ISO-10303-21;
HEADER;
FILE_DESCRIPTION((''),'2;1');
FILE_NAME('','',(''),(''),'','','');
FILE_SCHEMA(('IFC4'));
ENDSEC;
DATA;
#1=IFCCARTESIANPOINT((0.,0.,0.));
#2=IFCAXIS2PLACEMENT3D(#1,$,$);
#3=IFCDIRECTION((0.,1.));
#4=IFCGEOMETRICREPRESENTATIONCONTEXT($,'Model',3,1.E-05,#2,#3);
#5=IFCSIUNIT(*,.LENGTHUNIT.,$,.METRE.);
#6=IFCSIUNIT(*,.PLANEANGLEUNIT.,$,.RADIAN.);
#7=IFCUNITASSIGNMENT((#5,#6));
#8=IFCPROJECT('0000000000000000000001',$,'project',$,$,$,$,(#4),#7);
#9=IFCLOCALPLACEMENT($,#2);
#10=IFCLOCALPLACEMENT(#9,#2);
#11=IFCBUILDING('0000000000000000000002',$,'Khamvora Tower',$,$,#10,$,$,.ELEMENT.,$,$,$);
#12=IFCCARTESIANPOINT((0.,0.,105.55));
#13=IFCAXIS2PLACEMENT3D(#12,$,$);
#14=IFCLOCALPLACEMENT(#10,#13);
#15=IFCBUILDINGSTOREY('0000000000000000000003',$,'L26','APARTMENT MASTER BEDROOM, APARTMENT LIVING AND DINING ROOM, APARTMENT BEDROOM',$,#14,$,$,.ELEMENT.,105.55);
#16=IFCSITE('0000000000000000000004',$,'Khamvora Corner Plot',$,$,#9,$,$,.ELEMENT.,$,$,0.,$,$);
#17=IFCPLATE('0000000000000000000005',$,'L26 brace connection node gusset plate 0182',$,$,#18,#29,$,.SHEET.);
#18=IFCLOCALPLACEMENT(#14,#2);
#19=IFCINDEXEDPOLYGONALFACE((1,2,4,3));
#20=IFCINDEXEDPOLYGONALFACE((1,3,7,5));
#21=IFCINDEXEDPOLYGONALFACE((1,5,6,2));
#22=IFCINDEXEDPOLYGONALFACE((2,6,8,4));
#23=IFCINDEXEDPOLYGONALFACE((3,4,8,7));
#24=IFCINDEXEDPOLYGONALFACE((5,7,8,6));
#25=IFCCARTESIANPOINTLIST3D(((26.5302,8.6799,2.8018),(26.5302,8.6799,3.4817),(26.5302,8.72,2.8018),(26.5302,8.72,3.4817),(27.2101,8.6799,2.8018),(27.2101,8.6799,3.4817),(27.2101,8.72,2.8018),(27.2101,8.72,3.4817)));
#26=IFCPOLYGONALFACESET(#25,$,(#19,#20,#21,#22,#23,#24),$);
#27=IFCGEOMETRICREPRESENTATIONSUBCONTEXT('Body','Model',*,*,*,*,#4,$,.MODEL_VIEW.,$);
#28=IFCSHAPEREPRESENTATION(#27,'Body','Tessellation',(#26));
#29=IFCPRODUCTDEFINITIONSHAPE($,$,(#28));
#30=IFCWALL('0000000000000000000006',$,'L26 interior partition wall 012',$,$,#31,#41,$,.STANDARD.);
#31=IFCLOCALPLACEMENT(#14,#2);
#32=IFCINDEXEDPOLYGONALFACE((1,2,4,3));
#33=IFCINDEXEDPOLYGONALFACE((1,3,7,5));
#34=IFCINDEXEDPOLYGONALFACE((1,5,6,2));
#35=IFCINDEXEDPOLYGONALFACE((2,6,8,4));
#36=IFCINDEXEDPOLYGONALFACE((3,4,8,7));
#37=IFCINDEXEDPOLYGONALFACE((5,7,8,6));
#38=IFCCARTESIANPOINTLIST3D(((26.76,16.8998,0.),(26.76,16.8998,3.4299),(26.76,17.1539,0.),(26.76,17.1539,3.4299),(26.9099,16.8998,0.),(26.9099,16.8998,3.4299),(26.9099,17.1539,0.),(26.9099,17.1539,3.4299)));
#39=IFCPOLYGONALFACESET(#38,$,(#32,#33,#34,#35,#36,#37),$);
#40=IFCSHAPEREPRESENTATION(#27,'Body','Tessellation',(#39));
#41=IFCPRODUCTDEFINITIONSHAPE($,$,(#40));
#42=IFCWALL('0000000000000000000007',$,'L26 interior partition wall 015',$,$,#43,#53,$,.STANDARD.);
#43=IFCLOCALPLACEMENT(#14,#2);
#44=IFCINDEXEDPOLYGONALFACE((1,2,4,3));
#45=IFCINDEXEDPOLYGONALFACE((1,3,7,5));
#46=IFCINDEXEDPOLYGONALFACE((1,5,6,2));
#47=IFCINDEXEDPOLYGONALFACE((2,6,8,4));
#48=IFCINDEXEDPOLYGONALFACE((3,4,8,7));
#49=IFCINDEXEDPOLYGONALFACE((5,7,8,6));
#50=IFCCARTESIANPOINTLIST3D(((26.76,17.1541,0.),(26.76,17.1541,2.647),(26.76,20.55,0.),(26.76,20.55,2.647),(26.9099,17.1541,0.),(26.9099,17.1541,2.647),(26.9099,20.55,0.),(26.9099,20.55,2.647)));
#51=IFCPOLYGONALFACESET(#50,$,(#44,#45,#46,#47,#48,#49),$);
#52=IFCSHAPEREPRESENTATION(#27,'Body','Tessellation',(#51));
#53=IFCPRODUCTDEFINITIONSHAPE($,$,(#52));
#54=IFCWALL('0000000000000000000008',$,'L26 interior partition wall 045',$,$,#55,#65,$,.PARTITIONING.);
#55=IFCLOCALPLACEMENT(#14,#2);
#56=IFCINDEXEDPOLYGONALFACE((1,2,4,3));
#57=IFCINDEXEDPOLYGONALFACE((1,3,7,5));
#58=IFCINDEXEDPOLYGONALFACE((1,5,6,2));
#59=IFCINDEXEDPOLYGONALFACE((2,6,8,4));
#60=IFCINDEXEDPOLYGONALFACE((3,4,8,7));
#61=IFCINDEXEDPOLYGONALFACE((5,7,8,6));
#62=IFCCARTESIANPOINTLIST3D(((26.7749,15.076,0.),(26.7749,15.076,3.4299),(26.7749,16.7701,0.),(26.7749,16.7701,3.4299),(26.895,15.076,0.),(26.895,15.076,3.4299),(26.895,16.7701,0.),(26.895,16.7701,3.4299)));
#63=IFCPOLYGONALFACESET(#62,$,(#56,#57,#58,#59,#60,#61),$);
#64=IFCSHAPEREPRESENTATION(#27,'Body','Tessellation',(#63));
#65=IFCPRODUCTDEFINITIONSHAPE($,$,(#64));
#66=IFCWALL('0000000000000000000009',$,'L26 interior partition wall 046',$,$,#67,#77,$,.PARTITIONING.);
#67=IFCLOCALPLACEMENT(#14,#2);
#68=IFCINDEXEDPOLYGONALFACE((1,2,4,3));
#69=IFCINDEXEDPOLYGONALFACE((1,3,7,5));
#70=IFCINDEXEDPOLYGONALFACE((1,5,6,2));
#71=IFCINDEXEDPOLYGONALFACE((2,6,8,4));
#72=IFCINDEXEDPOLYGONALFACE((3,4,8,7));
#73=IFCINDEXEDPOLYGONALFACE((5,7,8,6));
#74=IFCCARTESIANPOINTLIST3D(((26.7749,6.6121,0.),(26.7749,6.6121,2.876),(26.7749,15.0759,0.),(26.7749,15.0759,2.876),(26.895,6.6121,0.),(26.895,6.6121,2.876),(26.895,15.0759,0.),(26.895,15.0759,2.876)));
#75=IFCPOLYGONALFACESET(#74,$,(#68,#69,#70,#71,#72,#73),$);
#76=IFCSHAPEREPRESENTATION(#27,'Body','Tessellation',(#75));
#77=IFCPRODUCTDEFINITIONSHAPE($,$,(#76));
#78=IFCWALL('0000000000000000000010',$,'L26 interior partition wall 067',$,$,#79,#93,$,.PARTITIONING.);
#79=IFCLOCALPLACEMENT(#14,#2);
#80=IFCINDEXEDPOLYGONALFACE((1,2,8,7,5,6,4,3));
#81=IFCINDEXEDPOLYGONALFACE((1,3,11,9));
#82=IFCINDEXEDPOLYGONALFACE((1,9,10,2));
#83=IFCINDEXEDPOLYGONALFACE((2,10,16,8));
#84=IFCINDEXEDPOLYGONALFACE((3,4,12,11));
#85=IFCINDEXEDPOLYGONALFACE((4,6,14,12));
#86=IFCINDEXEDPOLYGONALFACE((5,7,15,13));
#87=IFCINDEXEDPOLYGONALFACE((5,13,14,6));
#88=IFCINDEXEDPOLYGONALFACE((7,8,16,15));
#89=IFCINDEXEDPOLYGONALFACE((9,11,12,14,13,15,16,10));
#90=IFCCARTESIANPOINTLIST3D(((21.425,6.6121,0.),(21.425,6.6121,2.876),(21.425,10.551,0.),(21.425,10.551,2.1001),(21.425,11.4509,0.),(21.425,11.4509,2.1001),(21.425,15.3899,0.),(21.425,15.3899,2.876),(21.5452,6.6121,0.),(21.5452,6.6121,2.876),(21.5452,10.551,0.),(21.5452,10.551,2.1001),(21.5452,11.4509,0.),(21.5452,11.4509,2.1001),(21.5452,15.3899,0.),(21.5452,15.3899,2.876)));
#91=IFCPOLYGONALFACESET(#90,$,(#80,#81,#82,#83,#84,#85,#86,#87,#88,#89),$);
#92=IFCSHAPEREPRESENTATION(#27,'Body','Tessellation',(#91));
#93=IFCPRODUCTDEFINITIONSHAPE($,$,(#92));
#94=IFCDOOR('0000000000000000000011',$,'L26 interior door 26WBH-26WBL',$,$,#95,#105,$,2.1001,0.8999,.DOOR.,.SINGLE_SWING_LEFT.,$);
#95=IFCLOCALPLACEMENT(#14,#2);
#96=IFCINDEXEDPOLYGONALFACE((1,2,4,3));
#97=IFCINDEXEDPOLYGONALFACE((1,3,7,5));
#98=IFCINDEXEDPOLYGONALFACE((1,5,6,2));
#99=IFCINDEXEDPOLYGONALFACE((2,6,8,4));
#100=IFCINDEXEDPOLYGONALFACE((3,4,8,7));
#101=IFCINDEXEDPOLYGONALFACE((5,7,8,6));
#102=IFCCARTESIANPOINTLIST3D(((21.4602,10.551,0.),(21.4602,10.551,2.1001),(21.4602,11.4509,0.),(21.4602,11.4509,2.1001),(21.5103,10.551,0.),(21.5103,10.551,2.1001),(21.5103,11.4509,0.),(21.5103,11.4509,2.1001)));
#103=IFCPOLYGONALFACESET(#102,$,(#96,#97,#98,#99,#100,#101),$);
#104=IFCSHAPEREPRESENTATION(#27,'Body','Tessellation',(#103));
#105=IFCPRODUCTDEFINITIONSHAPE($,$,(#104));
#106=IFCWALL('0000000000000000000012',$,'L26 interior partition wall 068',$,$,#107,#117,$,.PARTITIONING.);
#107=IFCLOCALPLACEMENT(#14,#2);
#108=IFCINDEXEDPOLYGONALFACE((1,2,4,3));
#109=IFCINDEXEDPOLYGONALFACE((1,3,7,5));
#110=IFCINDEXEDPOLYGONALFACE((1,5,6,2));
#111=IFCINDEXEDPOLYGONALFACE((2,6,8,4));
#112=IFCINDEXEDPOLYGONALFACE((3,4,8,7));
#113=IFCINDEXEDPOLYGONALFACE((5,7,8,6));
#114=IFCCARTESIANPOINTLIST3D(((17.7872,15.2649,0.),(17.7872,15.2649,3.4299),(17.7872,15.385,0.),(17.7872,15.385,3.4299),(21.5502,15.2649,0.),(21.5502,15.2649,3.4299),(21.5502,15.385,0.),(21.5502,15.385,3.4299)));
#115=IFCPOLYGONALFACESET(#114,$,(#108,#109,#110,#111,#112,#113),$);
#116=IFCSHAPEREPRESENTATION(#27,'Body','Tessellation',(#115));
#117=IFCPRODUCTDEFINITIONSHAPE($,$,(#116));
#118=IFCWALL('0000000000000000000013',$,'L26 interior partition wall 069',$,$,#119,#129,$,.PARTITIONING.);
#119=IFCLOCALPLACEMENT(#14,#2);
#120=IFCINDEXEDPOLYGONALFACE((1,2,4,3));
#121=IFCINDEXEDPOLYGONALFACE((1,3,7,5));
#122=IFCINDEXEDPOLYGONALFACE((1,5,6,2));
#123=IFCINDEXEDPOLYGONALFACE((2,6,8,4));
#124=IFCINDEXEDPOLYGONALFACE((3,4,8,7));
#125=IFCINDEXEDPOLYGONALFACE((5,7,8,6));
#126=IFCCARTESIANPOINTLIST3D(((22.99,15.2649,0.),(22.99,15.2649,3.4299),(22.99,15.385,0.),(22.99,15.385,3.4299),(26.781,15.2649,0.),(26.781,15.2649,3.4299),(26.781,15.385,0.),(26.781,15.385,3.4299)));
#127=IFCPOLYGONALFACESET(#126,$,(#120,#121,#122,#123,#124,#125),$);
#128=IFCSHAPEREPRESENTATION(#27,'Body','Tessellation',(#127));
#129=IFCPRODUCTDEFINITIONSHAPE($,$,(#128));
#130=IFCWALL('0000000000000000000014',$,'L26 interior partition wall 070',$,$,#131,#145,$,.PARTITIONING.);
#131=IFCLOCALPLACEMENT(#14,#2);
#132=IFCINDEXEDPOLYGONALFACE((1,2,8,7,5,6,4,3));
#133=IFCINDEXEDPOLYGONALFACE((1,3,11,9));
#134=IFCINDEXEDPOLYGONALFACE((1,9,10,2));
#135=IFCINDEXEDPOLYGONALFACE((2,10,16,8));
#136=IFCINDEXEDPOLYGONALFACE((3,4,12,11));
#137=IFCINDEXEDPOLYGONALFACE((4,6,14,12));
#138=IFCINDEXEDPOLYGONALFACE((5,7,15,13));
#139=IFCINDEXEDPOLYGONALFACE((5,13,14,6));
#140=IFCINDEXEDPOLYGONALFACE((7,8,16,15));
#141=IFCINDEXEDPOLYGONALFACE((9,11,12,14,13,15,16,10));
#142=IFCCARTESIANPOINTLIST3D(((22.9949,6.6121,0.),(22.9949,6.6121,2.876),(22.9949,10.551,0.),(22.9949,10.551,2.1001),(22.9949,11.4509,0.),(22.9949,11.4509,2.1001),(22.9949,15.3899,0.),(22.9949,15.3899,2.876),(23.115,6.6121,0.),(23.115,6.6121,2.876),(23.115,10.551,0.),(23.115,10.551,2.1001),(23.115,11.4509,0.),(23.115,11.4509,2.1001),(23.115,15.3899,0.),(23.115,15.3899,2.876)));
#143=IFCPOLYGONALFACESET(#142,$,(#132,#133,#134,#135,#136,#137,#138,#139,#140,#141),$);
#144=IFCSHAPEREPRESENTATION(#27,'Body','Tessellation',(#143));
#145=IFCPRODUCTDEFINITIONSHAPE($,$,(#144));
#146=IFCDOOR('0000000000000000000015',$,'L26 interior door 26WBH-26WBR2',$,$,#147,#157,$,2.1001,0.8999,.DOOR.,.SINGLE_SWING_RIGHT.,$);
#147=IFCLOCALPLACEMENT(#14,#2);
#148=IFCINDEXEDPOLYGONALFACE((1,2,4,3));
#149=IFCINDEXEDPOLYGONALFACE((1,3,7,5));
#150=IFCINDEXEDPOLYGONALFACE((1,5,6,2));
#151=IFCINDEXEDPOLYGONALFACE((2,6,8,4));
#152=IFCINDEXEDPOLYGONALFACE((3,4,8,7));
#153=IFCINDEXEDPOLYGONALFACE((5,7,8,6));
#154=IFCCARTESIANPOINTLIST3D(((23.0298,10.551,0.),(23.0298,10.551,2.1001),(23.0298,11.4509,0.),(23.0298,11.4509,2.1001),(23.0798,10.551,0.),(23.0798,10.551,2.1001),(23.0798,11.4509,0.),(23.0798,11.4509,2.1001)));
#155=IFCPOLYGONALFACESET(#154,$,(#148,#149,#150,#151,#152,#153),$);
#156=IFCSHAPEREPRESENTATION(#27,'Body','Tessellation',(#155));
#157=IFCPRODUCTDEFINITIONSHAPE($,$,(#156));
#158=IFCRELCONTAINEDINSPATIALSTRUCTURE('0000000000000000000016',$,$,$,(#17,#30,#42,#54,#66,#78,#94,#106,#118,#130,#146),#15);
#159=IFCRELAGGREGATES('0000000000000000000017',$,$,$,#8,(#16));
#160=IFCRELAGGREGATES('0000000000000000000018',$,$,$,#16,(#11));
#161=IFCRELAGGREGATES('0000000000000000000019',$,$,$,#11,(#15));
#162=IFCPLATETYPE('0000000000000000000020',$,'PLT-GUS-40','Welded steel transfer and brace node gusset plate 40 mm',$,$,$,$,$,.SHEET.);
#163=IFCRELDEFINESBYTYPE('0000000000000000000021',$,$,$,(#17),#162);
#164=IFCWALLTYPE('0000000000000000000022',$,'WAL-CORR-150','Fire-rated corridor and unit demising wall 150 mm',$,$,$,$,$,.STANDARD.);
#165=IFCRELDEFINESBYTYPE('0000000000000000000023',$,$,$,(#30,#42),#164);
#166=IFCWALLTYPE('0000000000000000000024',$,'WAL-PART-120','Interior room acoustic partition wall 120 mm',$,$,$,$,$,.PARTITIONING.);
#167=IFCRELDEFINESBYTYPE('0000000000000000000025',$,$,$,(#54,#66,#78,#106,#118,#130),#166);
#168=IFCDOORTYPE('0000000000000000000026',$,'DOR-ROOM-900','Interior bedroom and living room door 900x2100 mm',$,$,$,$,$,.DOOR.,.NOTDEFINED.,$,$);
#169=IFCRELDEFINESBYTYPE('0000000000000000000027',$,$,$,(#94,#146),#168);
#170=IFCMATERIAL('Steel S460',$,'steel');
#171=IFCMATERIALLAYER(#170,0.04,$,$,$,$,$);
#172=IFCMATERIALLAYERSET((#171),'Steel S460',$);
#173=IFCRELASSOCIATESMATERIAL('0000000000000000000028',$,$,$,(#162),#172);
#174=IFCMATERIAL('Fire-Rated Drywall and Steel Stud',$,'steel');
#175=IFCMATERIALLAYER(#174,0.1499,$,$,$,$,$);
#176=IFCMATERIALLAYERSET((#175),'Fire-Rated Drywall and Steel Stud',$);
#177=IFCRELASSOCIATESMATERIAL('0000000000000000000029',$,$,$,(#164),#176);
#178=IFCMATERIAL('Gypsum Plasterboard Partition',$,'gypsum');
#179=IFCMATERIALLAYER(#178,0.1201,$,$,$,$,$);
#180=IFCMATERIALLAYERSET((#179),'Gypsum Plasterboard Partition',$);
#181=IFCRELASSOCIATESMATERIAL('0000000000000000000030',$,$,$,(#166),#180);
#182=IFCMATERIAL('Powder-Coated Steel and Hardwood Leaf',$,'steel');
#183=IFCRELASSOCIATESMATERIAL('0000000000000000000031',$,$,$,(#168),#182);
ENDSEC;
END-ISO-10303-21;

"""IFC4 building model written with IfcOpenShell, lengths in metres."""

from ifc_helpers import new_model, si_unit, direction, frame, frame_2d, origin, origin_2d, place, context, subcontext, project, spatial, rectangle, extrude, material, layer, layer_set, type_object, element, fill, save


model = new_model("IFC4")

# Units and contexts
model_context = context("Model", 3, precision=1e-05, world=origin(), true_north=direction((0.0, 1.0)))
body_context = subcontext(model_context, "Body", "Model", "MODEL_VIEW")
ifc_project = project(units=[si_unit("LENGTHUNIT", "METRE"), si_unit("PLANEANGLEUNIT", "RADIAN")], contexts=[model_context])

# Site, building, storey
site_placement = place(None, origin())
site = spatial("IfcSite", under=ifc_project, at=site_placement, Name="Khamvora Corner Plot", CompositionType="ELEMENT", RefElevation=0.0)
building_placement = place(site_placement, origin())
building = spatial("IfcBuilding", under=site, at=building_placement, Name="Khamvora Tower", CompositionType="ELEMENT")
storey_placement = place(building_placement, frame((0.0, 0.0, 105.55)))
storey = spatial("IfcBuildingStorey", under=building, at=storey_placement, Name="L26", Description="APARTMENT MASTER BEDROOM, APARTMENT LIVING AND DINING ROOM, APARTMENT BEDROOM", CompositionType="ELEMENT", Elevation=105.55)

# Shared definitions
ifc_material_1 = material(Name="Steel S460", Category="steel")

# Plate
ifc_layer_1 = layer(ifc_material_1, 0.04)
ifc_layer_set_1 = layer_set([ifc_layer_1], Name="Steel S460")
plate_type_1 = type_object("IfcPlateType", Name="PLT-GUS-40", Description="Welded steel transfer and brace node gusset plate 40 mm", PredefinedType="SHEET", material=ifc_layer_set_1)
plate_1_placement = place(storey_placement, frame((26.8701, 8.7, 2.8018), z_axis=(0.0, 0.0, 1.0), x_axis=(1.0, 0.0, 0.0)))
element("IfcPlate", 1, at=plate_1_placement, inside=storey, type_object=plate_type_1, Name="L26 brace connection node gusset plate 0182", PredefinedType="SHEET", context=body_context, shape_type="SweptSolid", body=[
    extrude(rectangle(XDim=0.6799, YDim=0.04, at=origin_2d()), origin(), (0.0, 0.0, 1.0), 0.6799),
])

# Walls
ifc_material_2 = material(Name="Fire-Rated Drywall and Steel Stud", Category="steel")
ifc_layer_2 = layer(ifc_material_2, 0.1499)
ifc_layer_set_2 = layer_set([ifc_layer_2], Name="Fire-Rated Drywall and Steel Stud")
wall_type_1 = type_object("IfcWallType", Name="WAL-CORR-150", Description="Fire-rated corridor and unit demising wall 150 mm", PredefinedType="STANDARD", material=ifc_layer_set_2)
wall_1_placement = place(storey_placement, frame((26.835, 16.8999, 0.0), z_axis=(0.0, 0.0, 1.0), x_axis=(0.0, 1.0, 0.0)))
element("IfcWall", 2, at=wall_1_placement, inside=storey, type_object=wall_type_1, Name="L26 interior partition wall 012", PredefinedType="STANDARD", context=body_context, shape_type="SweptSolid", body=[
    extrude(rectangle(XDim=0.2542, YDim=0.1499, at=frame_2d((0.127, 0.0))), origin(), (0.0, 0.0, 1.0), 3.4299),
])
wall_2_placement = place(storey_placement, frame((26.835, 17.1541, 0.0), z_axis=(0.0, 0.0, 1.0), x_axis=(0.0, 1.0, 0.0)))
element("IfcWall", 3, at=wall_2_placement, inside=storey, type_object=wall_type_1, Name="L26 interior partition wall 015", PredefinedType="STANDARD", context=body_context, shape_type="SweptSolid", body=[
    extrude(rectangle(XDim=3.396, YDim=0.1499, at=frame_2d((1.698, 0.0))), origin(), (0.0, 0.0, 1.0), 2.647),
])
ifc_material_3 = material(Name="Gypsum Plasterboard Partition", Category="gypsum")
ifc_layer_3 = layer(ifc_material_3, 0.1201)
ifc_layer_set_3 = layer_set([ifc_layer_3], Name="Gypsum Plasterboard Partition")
wall_type_2 = type_object("IfcWallType", Name="WAL-PART-120", Description="Interior room acoustic partition wall 120 mm", PredefinedType="PARTITIONING", material=ifc_layer_set_3)
wall_3_placement = place(storey_placement, frame((26.835, 15.0759, 0.0), z_axis=(0.0, 0.0, 1.0), x_axis=(0.0, 1.0, 0.0)))
element("IfcWall", 4, at=wall_3_placement, inside=storey, type_object=wall_type_2, Name="L26 interior partition wall 045", PredefinedType="PARTITIONING", context=body_context, shape_type="SweptSolid", body=[
    extrude(rectangle(XDim=1.6941, YDim=0.1201, at=frame_2d((0.8472, 0.0))), origin(), (0.0, 0.0, 1.0), 3.4299),
])
wall_4_placement = place(storey_placement, frame((26.835, 6.6121, 0.0), z_axis=(0.0, 0.0, 1.0), x_axis=(0.0, 1.0, 0.0)))
element("IfcWall", 5, at=wall_4_placement, inside=storey, type_object=wall_type_2, Name="L26 interior partition wall 046", PredefinedType="PARTITIONING", context=body_context, shape_type="SweptSolid", body=[
    extrude(rectangle(XDim=8.4639, YDim=0.1201, at=frame_2d((4.2319, 0.0))), origin(), (0.0, 0.0, 1.0), 2.876),
])

# Wall, opening, door
wall_5_placement = place(storey_placement, frame((21.4851, 6.6121, 0.0), z_axis=(0.0, 0.0, 1.0), x_axis=(0.0, 1.0, 0.0)))
wall_5 = element("IfcWall", 6, at=wall_5_placement, inside=storey, type_object=wall_type_2, Name="L26 interior partition wall 067", PredefinedType="PARTITIONING", context=body_context, shape_type="SweptSolid", body=[
    extrude(rectangle(XDim=8.7778, YDim=0.1201, at=frame_2d((4.3889, 0.0))), origin(), (0.0, 0.0, 1.0), 2.876),
])
opening_1_placement = place(wall_5_placement, frame((3.939, 0.0, 0.0)))
opening_1 = element("IfcOpeningElement", 7, at=opening_1_placement, cuts=wall_5, PredefinedType="OPENING", context=body_context, shape_type="SweptSolid", body=[
    extrude(rectangle(XDim=0.8999, YDim=2.1001, at=frame_2d((0.45, 1.05))), frame((0.0, 0.0701, 0.0), z_axis=(0.0, -1.0, 0.0), x_axis=(1.0, 0.0, 0.0)), (0.0, 0.0, 1.0), 0.1401),
])
ifc_material_4 = material(Name="Powder-Coated Steel and Hardwood Leaf", Category="steel")
door_type_1 = type_object("IfcDoorType", Name="DOR-ROOM-900", Description="Interior bedroom and living room door 900x2100 mm", OperationType="NOTDEFINED", PredefinedType="DOOR", material=ifc_material_4)
door_1_placement = place(opening_1_placement, origin())
door_1 = element("IfcDoor", 8, at=door_1_placement, inside=storey, type_object=door_type_1, Name="L26 interior door 26WBH-26WBL", OperationType="SINGLE_SWING_LEFT", OverallHeight=2.1001, OverallWidth=0.8999, PredefinedType="DOOR", context=body_context, shape_type="SweptSolid", body=[
    extrude(rectangle(XDim=0.8999, YDim=2.1001, at=frame_2d((0.45, 1.05))), frame((0.0, 0.0249, 0.0), z_axis=(0.0, -1.0, 0.0), x_axis=(1.0, 0.0, 0.0)), (0.0, 0.0, 1.0), 0.05),
])
fill(opening_1, door_1)

# Walls
wall_6_placement = place(storey_placement, frame((21.55, 15.325, 0.0), z_axis=(0.0, 0.0, 1.0), x_axis=(-1.0, 0.0, 0.0)))
element("IfcWall", 9, at=wall_6_placement, inside=storey, type_object=wall_type_2, Name="L26 interior partition wall 068", PredefinedType="PARTITIONING", context=body_context, shape_type="SweptSolid", body=[
    extrude(rectangle(XDim=3.7629, YDim=0.1201, at=frame_2d((1.8813, 0.0))), origin(), (0.0, 0.0, 1.0), 3.4299),
])
wall_7_placement = place(storey_placement, frame((26.781, 15.325, 0.0), z_axis=(0.0, 0.0, 1.0), x_axis=(-1.0, 0.0, 0.0)))
element("IfcWall", 10, at=wall_7_placement, inside=storey, type_object=wall_type_2, Name="L26 interior partition wall 069", PredefinedType="PARTITIONING", context=body_context, shape_type="SweptSolid", body=[
    extrude(rectangle(XDim=3.791, YDim=0.1201, at=frame_2d((1.8955, 0.0))), origin(), (0.0, 0.0, 1.0), 3.4299),
])

# Wall, opening, door
wall_8_placement = place(storey_placement, frame((23.0549, 15.3899, 0.0), z_axis=(0.0, 0.0, 1.0), x_axis=(0.0, -1.0, 0.0)))
wall_8 = element("IfcWall", 11, at=wall_8_placement, inside=storey, type_object=wall_type_2, Name="L26 interior partition wall 070", PredefinedType="PARTITIONING", context=body_context, shape_type="SweptSolid", body=[
    extrude(rectangle(XDim=8.7778, YDim=0.1201, at=frame_2d((4.3889, 0.0))), origin(), (0.0, 0.0, 1.0), 2.876),
])
opening_2_placement = place(wall_8_placement, frame((3.939, 0.0, 0.0)))
opening_2 = element("IfcOpeningElement", 12, at=opening_2_placement, cuts=wall_8, PredefinedType="OPENING", context=body_context, shape_type="SweptSolid", body=[
    extrude(rectangle(XDim=0.8999, YDim=2.1001, at=frame_2d((0.45, 1.05))), frame((0.0, 0.0701, 0.0), z_axis=(0.0, -1.0, 0.0), x_axis=(1.0, 0.0, 0.0)), (0.0, 0.0, 1.0), 0.1401),
])
door_2_placement = place(opening_2_placement, origin())
door_2 = element("IfcDoor", 13, at=door_2_placement, inside=storey, type_object=door_type_1, Name="L26 interior door 26WBH-26WBR2", OperationType="SINGLE_SWING_RIGHT", OverallHeight=2.1001, OverallWidth=0.8999, PredefinedType="DOOR", context=body_context, shape_type="SweptSolid", body=[
    extrude(rectangle(XDim=0.8999, YDim=2.1001, at=frame_2d((0.45, 1.05))), frame((0.0, 0.0249, 0.0), z_axis=(0.0, -1.0, 0.0), x_axis=(1.0, 0.0, 0.0)), (0.0, 0.0, 1.0), 0.05),
])
fill(opening_2, door_2)

save(model, "model.ifc")
